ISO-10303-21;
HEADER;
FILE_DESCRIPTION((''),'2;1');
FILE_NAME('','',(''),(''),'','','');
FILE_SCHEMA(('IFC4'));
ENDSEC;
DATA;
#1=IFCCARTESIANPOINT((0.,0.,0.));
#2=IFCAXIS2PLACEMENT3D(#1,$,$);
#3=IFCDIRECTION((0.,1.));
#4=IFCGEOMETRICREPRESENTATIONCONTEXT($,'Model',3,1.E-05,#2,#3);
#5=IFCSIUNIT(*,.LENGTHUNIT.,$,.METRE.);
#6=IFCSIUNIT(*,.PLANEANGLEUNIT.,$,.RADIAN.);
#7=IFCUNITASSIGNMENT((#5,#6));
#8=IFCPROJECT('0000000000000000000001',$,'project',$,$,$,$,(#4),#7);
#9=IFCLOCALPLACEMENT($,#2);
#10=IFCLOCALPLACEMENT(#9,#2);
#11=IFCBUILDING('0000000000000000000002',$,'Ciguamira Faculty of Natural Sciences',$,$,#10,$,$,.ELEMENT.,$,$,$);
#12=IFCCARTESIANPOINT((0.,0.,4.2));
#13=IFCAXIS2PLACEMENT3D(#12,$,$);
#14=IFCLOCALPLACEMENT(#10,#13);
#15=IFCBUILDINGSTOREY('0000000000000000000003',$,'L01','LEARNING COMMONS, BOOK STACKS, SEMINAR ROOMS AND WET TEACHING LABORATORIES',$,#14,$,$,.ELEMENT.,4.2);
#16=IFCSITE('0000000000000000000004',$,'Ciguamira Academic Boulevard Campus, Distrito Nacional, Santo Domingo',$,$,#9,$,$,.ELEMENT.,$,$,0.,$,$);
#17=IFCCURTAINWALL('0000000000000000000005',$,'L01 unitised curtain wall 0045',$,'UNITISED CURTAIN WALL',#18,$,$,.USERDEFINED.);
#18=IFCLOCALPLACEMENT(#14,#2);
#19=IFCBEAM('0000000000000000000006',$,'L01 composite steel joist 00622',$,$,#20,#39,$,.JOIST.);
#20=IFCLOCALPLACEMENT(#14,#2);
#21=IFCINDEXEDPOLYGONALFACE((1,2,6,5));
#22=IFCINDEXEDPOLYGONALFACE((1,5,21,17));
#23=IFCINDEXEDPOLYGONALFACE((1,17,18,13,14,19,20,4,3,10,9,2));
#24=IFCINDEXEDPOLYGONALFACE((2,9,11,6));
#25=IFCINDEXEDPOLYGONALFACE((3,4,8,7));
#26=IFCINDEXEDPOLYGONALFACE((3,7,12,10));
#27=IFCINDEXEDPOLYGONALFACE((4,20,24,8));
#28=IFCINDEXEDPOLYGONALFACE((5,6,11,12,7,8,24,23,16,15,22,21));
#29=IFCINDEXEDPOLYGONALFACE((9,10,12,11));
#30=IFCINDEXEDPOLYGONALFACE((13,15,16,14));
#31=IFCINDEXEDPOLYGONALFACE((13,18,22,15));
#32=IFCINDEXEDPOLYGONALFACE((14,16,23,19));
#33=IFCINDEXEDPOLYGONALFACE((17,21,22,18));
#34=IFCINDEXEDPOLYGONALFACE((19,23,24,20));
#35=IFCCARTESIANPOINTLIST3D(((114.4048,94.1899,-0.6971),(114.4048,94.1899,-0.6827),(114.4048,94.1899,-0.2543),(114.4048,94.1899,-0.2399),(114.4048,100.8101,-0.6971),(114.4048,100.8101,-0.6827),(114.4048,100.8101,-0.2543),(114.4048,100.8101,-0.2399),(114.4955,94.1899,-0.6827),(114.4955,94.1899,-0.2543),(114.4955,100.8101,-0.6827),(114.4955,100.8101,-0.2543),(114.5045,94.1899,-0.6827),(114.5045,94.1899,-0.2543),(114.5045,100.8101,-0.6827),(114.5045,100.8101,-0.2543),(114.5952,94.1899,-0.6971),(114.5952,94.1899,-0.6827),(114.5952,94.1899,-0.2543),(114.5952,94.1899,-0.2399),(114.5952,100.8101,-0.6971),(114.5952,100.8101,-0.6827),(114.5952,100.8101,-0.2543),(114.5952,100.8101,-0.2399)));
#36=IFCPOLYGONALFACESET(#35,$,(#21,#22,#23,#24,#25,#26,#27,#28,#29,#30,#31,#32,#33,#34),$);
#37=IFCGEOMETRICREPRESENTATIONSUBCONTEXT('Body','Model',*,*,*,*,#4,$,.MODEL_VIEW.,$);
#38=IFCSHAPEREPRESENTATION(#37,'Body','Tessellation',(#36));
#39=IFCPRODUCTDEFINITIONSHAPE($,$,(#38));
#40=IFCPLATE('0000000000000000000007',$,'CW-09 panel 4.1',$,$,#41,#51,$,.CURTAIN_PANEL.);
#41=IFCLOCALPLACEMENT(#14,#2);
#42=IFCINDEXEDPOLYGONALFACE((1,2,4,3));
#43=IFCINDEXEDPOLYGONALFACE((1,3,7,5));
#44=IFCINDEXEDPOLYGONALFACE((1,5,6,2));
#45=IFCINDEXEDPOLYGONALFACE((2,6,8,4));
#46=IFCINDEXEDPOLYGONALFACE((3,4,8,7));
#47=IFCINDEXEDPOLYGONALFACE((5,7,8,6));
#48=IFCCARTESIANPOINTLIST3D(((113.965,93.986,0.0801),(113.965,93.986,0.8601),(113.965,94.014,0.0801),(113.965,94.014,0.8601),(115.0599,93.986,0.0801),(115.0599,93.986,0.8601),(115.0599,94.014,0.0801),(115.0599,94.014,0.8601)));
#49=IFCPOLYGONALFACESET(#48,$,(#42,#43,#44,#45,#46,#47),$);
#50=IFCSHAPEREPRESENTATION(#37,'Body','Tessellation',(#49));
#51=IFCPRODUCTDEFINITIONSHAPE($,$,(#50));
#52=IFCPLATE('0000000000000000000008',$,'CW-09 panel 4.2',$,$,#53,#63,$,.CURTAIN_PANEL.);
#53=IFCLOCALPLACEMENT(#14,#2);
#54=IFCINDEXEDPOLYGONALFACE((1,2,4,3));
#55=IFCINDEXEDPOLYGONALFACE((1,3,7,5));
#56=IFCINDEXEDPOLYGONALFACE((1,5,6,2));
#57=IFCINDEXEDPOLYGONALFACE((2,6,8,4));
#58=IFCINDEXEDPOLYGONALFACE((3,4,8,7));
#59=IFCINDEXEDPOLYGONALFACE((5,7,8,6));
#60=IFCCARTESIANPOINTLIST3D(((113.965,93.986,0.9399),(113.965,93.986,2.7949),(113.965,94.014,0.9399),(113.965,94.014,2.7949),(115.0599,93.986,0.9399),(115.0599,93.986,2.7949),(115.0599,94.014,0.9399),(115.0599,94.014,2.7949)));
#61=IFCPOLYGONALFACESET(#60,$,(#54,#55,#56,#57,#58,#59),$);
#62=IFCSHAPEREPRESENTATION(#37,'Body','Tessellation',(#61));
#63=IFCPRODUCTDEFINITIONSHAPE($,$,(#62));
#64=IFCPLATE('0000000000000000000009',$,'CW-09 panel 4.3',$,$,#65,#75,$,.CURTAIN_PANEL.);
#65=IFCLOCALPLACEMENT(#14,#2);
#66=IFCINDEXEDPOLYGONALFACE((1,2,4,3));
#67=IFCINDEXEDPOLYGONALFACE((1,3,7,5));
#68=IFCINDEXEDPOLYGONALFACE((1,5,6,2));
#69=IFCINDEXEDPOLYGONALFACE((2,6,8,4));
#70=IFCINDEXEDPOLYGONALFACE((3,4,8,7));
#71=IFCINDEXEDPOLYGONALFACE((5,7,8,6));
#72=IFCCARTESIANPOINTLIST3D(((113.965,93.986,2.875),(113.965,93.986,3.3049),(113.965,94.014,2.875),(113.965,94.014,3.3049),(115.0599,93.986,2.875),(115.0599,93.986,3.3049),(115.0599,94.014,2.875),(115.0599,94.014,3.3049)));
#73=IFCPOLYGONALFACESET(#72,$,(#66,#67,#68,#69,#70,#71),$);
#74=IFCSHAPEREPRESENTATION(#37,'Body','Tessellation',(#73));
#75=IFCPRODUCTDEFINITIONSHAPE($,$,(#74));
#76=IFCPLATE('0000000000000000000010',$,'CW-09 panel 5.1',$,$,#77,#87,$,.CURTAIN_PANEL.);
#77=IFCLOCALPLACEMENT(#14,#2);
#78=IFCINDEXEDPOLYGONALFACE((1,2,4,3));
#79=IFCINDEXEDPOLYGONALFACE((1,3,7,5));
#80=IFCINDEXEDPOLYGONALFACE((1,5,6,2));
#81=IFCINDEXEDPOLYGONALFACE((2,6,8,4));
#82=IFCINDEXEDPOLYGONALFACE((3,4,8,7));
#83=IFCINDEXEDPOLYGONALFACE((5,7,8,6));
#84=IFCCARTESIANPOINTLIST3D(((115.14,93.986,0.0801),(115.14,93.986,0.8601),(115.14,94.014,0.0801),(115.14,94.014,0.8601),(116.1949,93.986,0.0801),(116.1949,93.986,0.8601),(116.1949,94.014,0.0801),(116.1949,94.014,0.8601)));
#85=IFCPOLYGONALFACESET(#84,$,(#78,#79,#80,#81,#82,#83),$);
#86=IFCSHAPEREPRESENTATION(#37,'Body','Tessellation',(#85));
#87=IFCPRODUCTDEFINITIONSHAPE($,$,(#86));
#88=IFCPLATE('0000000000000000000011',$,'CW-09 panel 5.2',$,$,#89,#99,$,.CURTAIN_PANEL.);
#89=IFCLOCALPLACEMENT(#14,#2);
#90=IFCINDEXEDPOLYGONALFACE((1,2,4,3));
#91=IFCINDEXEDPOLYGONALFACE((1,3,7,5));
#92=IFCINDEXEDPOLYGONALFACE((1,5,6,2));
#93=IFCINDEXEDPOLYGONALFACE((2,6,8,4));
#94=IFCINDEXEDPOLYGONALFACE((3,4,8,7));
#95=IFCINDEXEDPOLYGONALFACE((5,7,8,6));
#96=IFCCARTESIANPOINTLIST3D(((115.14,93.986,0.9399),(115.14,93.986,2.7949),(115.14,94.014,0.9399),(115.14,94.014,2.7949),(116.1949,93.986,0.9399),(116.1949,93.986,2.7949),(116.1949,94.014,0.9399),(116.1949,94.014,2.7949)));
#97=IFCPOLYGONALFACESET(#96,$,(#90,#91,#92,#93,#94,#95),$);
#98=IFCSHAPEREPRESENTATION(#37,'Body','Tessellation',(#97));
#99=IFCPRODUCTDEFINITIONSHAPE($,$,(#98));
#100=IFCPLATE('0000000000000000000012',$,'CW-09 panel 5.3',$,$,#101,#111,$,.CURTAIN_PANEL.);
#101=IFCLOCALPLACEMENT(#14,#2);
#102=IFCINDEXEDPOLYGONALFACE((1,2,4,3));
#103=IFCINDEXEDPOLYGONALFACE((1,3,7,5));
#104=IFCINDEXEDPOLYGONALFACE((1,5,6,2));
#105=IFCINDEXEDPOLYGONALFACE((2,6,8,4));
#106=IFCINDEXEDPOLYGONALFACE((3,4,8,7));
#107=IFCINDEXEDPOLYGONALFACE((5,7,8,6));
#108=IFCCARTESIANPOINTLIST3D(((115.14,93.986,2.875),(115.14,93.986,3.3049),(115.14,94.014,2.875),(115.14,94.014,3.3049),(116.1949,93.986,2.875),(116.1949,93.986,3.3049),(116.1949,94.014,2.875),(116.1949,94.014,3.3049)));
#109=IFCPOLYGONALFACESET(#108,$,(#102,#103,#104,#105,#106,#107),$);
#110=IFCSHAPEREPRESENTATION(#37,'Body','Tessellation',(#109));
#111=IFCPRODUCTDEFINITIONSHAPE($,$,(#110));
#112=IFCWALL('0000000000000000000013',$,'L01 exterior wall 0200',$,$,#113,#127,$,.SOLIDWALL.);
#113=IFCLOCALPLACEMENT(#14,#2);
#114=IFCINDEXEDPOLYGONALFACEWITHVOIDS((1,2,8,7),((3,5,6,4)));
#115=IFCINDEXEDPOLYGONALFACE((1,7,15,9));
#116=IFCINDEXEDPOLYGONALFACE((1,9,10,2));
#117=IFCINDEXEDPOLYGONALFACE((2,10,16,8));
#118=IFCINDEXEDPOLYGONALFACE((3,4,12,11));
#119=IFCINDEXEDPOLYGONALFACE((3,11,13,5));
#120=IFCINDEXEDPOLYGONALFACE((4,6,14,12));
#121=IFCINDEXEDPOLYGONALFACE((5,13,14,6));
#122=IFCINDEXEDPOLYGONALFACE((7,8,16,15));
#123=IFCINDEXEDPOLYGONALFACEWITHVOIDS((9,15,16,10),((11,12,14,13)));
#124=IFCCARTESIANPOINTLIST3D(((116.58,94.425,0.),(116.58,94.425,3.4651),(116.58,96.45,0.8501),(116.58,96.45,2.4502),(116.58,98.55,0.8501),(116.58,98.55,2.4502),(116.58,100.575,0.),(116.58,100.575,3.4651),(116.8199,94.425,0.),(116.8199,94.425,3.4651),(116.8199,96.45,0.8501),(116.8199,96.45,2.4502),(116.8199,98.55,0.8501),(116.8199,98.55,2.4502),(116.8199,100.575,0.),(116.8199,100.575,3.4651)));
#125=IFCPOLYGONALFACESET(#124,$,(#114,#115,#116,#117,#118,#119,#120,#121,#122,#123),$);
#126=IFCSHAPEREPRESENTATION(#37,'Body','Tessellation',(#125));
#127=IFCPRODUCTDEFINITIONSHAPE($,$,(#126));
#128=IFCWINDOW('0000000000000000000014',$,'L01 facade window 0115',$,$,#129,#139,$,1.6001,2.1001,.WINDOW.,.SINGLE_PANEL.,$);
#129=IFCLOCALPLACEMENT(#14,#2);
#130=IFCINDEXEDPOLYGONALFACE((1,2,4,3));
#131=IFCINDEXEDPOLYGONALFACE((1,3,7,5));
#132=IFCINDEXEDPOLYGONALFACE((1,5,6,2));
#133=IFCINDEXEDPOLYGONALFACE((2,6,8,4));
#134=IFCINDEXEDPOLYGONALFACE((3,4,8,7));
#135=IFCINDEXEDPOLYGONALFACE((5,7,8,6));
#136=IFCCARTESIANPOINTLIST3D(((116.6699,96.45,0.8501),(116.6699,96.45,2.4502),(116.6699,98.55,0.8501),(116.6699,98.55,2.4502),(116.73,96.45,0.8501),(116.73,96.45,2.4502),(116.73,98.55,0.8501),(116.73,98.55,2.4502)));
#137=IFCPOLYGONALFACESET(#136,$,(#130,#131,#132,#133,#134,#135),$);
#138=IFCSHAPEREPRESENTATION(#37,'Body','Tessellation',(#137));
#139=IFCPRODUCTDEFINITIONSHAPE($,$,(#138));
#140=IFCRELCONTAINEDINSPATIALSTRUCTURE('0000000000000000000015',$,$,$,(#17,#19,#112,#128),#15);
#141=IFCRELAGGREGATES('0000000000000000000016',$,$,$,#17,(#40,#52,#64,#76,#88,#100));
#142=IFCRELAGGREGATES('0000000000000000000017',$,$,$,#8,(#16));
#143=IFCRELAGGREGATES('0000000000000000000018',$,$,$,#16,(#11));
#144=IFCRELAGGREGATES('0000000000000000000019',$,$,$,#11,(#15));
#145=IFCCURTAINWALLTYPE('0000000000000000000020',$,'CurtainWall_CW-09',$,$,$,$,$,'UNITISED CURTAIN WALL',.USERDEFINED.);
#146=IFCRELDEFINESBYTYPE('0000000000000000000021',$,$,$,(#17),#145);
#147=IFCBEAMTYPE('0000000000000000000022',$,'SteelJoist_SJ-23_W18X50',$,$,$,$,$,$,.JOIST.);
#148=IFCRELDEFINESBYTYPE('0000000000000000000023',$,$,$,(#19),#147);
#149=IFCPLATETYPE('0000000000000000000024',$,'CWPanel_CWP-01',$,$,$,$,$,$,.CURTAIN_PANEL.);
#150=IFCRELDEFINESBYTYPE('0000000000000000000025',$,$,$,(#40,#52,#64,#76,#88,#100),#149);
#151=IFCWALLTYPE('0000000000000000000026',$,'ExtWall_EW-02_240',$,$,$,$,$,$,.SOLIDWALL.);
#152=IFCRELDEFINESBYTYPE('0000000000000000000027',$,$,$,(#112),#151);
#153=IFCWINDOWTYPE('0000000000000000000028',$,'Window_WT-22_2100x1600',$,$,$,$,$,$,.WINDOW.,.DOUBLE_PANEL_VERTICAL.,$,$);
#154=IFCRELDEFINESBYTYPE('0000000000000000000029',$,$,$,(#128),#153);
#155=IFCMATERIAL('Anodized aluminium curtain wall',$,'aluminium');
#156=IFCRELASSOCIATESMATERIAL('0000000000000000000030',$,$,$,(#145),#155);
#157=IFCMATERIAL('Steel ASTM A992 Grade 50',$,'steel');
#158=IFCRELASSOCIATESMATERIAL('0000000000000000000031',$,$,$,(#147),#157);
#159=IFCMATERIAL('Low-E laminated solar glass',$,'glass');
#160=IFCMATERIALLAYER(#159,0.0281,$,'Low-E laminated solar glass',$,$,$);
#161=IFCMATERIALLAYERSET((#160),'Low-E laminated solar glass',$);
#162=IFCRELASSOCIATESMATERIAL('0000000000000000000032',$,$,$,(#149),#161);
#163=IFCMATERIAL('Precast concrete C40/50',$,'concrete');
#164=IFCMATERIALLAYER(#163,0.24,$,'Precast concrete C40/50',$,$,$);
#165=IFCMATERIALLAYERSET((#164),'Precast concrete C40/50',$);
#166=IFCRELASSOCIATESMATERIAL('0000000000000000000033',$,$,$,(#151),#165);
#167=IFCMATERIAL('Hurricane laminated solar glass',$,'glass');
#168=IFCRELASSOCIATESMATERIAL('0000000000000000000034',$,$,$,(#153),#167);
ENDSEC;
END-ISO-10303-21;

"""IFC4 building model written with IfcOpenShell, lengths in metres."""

from ifc_helpers import new_model, si_unit, direction, frame, frame_2d, origin, origin_2d, place, context, subcontext, project, spatial, rectangle, i_section, extrude, material, layer, layer_set, material_profile, profile_set, type_object, element, fill, aggregate, save


model = new_model("IFC4")

# Units and contexts
model_context = context("Model", 3, precision=1e-05, world=origin(), true_north=direction((0.0, 1.0)))
body_context = subcontext(model_context, "Body", "Model", "MODEL_VIEW")
ifc_project = project(units=[si_unit("LENGTHUNIT", "METRE"), si_unit("PLANEANGLEUNIT", "RADIAN")], contexts=[model_context])

# Site, building, storey
site_placement = place(None, origin())
site = spatial("IfcSite", under=ifc_project, at=site_placement, Name="Ciguamira Academic Boulevard Campus, Distrito Nacional, Santo Domingo", CompositionType="ELEMENT", RefElevation=0.0)
building_placement = place(site_placement, origin())
building = spatial("IfcBuilding", under=site, at=building_placement, Name="Ciguamira Faculty of Natural Sciences", CompositionType="ELEMENT")
storey_placement = place(building_placement, frame((0.0, 0.0, 4.2)))
storey = spatial("IfcBuildingStorey", under=building, at=storey_placement, Name="L01", Description="LEARNING COMMONS, BOOK STACKS, SEMINAR ROOMS AND WET TEACHING LABORATORIES", CompositionType="ELEMENT", Elevation=4.2)

# Curtain wall
ifc_material_1 = material(Name="Anodized aluminium curtain wall", Category="aluminium")
curtain_wall_type = type_object("IfcCurtainWallType", Name="CurtainWall_CW-09", ElementType="UNITISED CURTAIN WALL", PredefinedType="USERDEFINED", material=ifc_material_1)
curtain_wall_placement = place(storey_placement, origin())
curtain_wall = element("IfcCurtainWall", 1, at=curtain_wall_placement, inside=storey, type_object=curtain_wall_type, Name="L01 unitised curtain wall 0045", ObjectType="UNITISED CURTAIN WALL", PredefinedType="USERDEFINED")

# Beam
ifc_material_2 = material(Name="Precast concrete C40/50", Category="concrete")
ifc_material_3 = material(Name="Steel ASTM A992 Grade 50", Category="steel")
ifc_material_profile_1 = material_profile(ifc_material_3, i_section(OverallWidth=0.1904, OverallDepth=0.4573, WebThickness=0.009, FlangeThickness=0.0144, at=origin_2d()), Name="W18X50")
ifc_profile_set_1 = profile_set([ifc_material_profile_1], Name="Steel ASTM A992 Grade 50")
beam_type_1 = type_object("IfcBeamType", Name="SteelJoist_SJ-23_W18X50", PredefinedType="JOIST", material=ifc_profile_set_1)
beam_1_placement = place(storey_placement, frame((114.5, 94.1899, -0.4685), z_axis=(0.0, 1.0, 0.0), x_axis=(-1.0, 0.0, 0.0)))
element("IfcBeam", 2, at=beam_1_placement, inside=storey, type_object=beam_type_1, Name="L01 composite steel joist 00622", PredefinedType="JOIST", context=body_context, shape_type="SweptSolid", body=[
    extrude(i_section(OverallWidth=0.1904, OverallDepth=0.4573, WebThickness=0.009, FlangeThickness=0.0144, at=origin_2d()), origin(), (0.0, 0.0, 1.0), 6.6201),
])

# Plates
ifc_material_4 = material(Name="Low-E laminated solar glass", Category="glass")
ifc_layer_1 = layer(ifc_material_4, 0.0281, Name="Low-E laminated solar glass")
ifc_layer_set_1 = layer_set([ifc_layer_1], Name="Low-E laminated solar glass")
plate_type = type_object("IfcPlateType", Name="CWPanel_CWP-01", PredefinedType="CURTAIN_PANEL", material=ifc_layer_set_1)
plate_1_placement = place(storey_placement, frame((114.5125, 94.0, 0.0801), z_axis=(0.0, 0.0, 1.0), x_axis=(1.0, 0.0, 0.0)))
plate_1 = element("IfcPlate", 3, at=plate_1_placement, type_object=plate_type, Name="CW-09 panel 4.1", PredefinedType="CURTAIN_PANEL", context=body_context, shape_type="SweptSolid", body=[
    extrude(rectangle(XDim=1.095, YDim=0.0281, at=origin_2d()), origin(), (0.0, 0.0, 1.0), 0.78),
])
plate_2_placement = place(storey_placement, frame((114.5125, 94.0, 0.9399), z_axis=(0.0, 0.0, 1.0), x_axis=(1.0, 0.0, 0.0)))
plate_2 = element("IfcPlate", 4, at=plate_2_placement, type_object=plate_type, Name="CW-09 panel 4.2", PredefinedType="CURTAIN_PANEL", context=body_context, shape_type="SweptSolid", body=[
    extrude(rectangle(XDim=1.095, YDim=0.0281, at=origin_2d()), origin(), (0.0, 0.0, 1.0), 1.855),
])
plate_3_placement = place(storey_placement, frame((114.5125, 94.0, 2.875), z_axis=(0.0, 0.0, 1.0), x_axis=(1.0, 0.0, 0.0)))
plate_3 = element("IfcPlate", 5, at=plate_3_placement, type_object=plate_type, Name="CW-09 panel 4.3", PredefinedType="CURTAIN_PANEL", context=body_context, shape_type="SweptSolid", body=[
    extrude(rectangle(XDim=1.095, YDim=0.0281, at=origin_2d()), origin(), (0.0, 0.0, 1.0), 0.4299),
])
plate_4_placement = place(storey_placement, frame((115.6675, 94.0, 0.0801), z_axis=(0.0, 0.0, 1.0), x_axis=(1.0, 0.0, 0.0)))
plate_4 = element("IfcPlate", 6, at=plate_4_placement, type_object=plate_type, Name="CW-09 panel 5.1", PredefinedType="CURTAIN_PANEL", context=body_context, shape_type="SweptSolid", body=[
    extrude(rectangle(XDim=1.0549, YDim=0.0281, at=origin_2d()), origin(), (0.0, 0.0, 1.0), 0.78),
])
plate_5_placement = place(storey_placement, frame((115.6675, 94.0, 0.9399), z_axis=(0.0, 0.0, 1.0), x_axis=(1.0, 0.0, 0.0)))
plate_5 = element("IfcPlate", 7, at=plate_5_placement, type_object=plate_type, Name="CW-09 panel 5.2", PredefinedType="CURTAIN_PANEL", context=body_context, shape_type="SweptSolid", body=[
    extrude(rectangle(XDim=1.0549, YDim=0.0281, at=origin_2d()), origin(), (0.0, 0.0, 1.0), 1.855),
])
plate_6_placement = place(storey_placement, frame((115.6675, 94.0, 2.875), z_axis=(0.0, 0.0, 1.0), x_axis=(1.0, 0.0, 0.0)))
plate_6 = element("IfcPlate", 8, at=plate_6_placement, type_object=plate_type, Name="CW-09 panel 5.3", PredefinedType="CURTAIN_PANEL", context=body_context, shape_type="SweptSolid", body=[
    extrude(rectangle(XDim=1.0549, YDim=0.0281, at=origin_2d()), origin(), (0.0, 0.0, 1.0), 0.4299),
])
aggregate(curtain_wall, [plate_1, plate_2, plate_3, plate_4, plate_5, plate_6])

# Wall, opening, window
ifc_layer_2 = layer(ifc_material_2, 0.24, Name="Precast concrete C40/50")
ifc_layer_set_2 = layer_set([ifc_layer_2], Name="Precast concrete C40/50")
wall_type = type_object("IfcWallType", Name="ExtWall_EW-02_240", PredefinedType="SOLIDWALL", material=ifc_layer_set_2)
wall_placement = place(storey_placement, frame((116.7, 94.425, 0.0), z_axis=(0.0, 0.0, 1.0), x_axis=(0.0, 1.0, 0.0)))
wall = element("IfcWall", 9, at=wall_placement, inside=storey, type_object=wall_type, Name="L01 exterior wall 0200", PredefinedType="SOLIDWALL", context=body_context, shape_type="SweptSolid", body=[
    extrude(rectangle(XDim=6.1499, YDim=0.24, at=frame_2d((3.075, 0.0))), origin(), (0.0, 0.0, 1.0), 3.4651),
])
opening_placement = place(wall_placement, frame((2.0249, 0.0, 0.8501)))
opening = element("IfcOpeningElement", 10, at=opening_placement, cuts=wall, PredefinedType="OPENING", context=body_context, shape_type="SweptSolid", body=[
    extrude(rectangle(XDim=2.1001, YDim=1.6001, at=frame_2d((1.05, 0.8))), frame((0.0, 0.1299, 0.0), z_axis=(0.0, -1.0, 0.0), x_axis=(1.0, 0.0, 0.0)), (0.0, 0.0, 1.0), 0.26),
])
ifc_material_5 = material(Name="Hurricane laminated solar glass", Category="glass")
window_type = type_object("IfcWindowType", Name="Window_WT-22_2100x1600", PartitioningType="DOUBLE_PANEL_VERTICAL", PredefinedType="WINDOW", material=ifc_material_5)
window_placement = place(opening_placement, origin())
window = element("IfcWindow", 11, at=window_placement, inside=storey, type_object=window_type, Name="L01 facade window 0115", OverallHeight=1.6001, OverallWidth=2.1001, PartitioningType="SINGLE_PANEL", PredefinedType="WINDOW", context=body_context, shape_type="SweptSolid", body=[
    extrude(rectangle(XDim=2.1001, YDim=1.6001, at=frame_2d((1.05, 0.8))), frame((0.0, 0.03, 0.0), z_axis=(0.0, -1.0, 0.0), x_axis=(1.0, 0.0, 0.0)), (0.0, 0.0, 1.0), 0.0601),
])
fill(opening, window)

save(model, "model.ifc")
